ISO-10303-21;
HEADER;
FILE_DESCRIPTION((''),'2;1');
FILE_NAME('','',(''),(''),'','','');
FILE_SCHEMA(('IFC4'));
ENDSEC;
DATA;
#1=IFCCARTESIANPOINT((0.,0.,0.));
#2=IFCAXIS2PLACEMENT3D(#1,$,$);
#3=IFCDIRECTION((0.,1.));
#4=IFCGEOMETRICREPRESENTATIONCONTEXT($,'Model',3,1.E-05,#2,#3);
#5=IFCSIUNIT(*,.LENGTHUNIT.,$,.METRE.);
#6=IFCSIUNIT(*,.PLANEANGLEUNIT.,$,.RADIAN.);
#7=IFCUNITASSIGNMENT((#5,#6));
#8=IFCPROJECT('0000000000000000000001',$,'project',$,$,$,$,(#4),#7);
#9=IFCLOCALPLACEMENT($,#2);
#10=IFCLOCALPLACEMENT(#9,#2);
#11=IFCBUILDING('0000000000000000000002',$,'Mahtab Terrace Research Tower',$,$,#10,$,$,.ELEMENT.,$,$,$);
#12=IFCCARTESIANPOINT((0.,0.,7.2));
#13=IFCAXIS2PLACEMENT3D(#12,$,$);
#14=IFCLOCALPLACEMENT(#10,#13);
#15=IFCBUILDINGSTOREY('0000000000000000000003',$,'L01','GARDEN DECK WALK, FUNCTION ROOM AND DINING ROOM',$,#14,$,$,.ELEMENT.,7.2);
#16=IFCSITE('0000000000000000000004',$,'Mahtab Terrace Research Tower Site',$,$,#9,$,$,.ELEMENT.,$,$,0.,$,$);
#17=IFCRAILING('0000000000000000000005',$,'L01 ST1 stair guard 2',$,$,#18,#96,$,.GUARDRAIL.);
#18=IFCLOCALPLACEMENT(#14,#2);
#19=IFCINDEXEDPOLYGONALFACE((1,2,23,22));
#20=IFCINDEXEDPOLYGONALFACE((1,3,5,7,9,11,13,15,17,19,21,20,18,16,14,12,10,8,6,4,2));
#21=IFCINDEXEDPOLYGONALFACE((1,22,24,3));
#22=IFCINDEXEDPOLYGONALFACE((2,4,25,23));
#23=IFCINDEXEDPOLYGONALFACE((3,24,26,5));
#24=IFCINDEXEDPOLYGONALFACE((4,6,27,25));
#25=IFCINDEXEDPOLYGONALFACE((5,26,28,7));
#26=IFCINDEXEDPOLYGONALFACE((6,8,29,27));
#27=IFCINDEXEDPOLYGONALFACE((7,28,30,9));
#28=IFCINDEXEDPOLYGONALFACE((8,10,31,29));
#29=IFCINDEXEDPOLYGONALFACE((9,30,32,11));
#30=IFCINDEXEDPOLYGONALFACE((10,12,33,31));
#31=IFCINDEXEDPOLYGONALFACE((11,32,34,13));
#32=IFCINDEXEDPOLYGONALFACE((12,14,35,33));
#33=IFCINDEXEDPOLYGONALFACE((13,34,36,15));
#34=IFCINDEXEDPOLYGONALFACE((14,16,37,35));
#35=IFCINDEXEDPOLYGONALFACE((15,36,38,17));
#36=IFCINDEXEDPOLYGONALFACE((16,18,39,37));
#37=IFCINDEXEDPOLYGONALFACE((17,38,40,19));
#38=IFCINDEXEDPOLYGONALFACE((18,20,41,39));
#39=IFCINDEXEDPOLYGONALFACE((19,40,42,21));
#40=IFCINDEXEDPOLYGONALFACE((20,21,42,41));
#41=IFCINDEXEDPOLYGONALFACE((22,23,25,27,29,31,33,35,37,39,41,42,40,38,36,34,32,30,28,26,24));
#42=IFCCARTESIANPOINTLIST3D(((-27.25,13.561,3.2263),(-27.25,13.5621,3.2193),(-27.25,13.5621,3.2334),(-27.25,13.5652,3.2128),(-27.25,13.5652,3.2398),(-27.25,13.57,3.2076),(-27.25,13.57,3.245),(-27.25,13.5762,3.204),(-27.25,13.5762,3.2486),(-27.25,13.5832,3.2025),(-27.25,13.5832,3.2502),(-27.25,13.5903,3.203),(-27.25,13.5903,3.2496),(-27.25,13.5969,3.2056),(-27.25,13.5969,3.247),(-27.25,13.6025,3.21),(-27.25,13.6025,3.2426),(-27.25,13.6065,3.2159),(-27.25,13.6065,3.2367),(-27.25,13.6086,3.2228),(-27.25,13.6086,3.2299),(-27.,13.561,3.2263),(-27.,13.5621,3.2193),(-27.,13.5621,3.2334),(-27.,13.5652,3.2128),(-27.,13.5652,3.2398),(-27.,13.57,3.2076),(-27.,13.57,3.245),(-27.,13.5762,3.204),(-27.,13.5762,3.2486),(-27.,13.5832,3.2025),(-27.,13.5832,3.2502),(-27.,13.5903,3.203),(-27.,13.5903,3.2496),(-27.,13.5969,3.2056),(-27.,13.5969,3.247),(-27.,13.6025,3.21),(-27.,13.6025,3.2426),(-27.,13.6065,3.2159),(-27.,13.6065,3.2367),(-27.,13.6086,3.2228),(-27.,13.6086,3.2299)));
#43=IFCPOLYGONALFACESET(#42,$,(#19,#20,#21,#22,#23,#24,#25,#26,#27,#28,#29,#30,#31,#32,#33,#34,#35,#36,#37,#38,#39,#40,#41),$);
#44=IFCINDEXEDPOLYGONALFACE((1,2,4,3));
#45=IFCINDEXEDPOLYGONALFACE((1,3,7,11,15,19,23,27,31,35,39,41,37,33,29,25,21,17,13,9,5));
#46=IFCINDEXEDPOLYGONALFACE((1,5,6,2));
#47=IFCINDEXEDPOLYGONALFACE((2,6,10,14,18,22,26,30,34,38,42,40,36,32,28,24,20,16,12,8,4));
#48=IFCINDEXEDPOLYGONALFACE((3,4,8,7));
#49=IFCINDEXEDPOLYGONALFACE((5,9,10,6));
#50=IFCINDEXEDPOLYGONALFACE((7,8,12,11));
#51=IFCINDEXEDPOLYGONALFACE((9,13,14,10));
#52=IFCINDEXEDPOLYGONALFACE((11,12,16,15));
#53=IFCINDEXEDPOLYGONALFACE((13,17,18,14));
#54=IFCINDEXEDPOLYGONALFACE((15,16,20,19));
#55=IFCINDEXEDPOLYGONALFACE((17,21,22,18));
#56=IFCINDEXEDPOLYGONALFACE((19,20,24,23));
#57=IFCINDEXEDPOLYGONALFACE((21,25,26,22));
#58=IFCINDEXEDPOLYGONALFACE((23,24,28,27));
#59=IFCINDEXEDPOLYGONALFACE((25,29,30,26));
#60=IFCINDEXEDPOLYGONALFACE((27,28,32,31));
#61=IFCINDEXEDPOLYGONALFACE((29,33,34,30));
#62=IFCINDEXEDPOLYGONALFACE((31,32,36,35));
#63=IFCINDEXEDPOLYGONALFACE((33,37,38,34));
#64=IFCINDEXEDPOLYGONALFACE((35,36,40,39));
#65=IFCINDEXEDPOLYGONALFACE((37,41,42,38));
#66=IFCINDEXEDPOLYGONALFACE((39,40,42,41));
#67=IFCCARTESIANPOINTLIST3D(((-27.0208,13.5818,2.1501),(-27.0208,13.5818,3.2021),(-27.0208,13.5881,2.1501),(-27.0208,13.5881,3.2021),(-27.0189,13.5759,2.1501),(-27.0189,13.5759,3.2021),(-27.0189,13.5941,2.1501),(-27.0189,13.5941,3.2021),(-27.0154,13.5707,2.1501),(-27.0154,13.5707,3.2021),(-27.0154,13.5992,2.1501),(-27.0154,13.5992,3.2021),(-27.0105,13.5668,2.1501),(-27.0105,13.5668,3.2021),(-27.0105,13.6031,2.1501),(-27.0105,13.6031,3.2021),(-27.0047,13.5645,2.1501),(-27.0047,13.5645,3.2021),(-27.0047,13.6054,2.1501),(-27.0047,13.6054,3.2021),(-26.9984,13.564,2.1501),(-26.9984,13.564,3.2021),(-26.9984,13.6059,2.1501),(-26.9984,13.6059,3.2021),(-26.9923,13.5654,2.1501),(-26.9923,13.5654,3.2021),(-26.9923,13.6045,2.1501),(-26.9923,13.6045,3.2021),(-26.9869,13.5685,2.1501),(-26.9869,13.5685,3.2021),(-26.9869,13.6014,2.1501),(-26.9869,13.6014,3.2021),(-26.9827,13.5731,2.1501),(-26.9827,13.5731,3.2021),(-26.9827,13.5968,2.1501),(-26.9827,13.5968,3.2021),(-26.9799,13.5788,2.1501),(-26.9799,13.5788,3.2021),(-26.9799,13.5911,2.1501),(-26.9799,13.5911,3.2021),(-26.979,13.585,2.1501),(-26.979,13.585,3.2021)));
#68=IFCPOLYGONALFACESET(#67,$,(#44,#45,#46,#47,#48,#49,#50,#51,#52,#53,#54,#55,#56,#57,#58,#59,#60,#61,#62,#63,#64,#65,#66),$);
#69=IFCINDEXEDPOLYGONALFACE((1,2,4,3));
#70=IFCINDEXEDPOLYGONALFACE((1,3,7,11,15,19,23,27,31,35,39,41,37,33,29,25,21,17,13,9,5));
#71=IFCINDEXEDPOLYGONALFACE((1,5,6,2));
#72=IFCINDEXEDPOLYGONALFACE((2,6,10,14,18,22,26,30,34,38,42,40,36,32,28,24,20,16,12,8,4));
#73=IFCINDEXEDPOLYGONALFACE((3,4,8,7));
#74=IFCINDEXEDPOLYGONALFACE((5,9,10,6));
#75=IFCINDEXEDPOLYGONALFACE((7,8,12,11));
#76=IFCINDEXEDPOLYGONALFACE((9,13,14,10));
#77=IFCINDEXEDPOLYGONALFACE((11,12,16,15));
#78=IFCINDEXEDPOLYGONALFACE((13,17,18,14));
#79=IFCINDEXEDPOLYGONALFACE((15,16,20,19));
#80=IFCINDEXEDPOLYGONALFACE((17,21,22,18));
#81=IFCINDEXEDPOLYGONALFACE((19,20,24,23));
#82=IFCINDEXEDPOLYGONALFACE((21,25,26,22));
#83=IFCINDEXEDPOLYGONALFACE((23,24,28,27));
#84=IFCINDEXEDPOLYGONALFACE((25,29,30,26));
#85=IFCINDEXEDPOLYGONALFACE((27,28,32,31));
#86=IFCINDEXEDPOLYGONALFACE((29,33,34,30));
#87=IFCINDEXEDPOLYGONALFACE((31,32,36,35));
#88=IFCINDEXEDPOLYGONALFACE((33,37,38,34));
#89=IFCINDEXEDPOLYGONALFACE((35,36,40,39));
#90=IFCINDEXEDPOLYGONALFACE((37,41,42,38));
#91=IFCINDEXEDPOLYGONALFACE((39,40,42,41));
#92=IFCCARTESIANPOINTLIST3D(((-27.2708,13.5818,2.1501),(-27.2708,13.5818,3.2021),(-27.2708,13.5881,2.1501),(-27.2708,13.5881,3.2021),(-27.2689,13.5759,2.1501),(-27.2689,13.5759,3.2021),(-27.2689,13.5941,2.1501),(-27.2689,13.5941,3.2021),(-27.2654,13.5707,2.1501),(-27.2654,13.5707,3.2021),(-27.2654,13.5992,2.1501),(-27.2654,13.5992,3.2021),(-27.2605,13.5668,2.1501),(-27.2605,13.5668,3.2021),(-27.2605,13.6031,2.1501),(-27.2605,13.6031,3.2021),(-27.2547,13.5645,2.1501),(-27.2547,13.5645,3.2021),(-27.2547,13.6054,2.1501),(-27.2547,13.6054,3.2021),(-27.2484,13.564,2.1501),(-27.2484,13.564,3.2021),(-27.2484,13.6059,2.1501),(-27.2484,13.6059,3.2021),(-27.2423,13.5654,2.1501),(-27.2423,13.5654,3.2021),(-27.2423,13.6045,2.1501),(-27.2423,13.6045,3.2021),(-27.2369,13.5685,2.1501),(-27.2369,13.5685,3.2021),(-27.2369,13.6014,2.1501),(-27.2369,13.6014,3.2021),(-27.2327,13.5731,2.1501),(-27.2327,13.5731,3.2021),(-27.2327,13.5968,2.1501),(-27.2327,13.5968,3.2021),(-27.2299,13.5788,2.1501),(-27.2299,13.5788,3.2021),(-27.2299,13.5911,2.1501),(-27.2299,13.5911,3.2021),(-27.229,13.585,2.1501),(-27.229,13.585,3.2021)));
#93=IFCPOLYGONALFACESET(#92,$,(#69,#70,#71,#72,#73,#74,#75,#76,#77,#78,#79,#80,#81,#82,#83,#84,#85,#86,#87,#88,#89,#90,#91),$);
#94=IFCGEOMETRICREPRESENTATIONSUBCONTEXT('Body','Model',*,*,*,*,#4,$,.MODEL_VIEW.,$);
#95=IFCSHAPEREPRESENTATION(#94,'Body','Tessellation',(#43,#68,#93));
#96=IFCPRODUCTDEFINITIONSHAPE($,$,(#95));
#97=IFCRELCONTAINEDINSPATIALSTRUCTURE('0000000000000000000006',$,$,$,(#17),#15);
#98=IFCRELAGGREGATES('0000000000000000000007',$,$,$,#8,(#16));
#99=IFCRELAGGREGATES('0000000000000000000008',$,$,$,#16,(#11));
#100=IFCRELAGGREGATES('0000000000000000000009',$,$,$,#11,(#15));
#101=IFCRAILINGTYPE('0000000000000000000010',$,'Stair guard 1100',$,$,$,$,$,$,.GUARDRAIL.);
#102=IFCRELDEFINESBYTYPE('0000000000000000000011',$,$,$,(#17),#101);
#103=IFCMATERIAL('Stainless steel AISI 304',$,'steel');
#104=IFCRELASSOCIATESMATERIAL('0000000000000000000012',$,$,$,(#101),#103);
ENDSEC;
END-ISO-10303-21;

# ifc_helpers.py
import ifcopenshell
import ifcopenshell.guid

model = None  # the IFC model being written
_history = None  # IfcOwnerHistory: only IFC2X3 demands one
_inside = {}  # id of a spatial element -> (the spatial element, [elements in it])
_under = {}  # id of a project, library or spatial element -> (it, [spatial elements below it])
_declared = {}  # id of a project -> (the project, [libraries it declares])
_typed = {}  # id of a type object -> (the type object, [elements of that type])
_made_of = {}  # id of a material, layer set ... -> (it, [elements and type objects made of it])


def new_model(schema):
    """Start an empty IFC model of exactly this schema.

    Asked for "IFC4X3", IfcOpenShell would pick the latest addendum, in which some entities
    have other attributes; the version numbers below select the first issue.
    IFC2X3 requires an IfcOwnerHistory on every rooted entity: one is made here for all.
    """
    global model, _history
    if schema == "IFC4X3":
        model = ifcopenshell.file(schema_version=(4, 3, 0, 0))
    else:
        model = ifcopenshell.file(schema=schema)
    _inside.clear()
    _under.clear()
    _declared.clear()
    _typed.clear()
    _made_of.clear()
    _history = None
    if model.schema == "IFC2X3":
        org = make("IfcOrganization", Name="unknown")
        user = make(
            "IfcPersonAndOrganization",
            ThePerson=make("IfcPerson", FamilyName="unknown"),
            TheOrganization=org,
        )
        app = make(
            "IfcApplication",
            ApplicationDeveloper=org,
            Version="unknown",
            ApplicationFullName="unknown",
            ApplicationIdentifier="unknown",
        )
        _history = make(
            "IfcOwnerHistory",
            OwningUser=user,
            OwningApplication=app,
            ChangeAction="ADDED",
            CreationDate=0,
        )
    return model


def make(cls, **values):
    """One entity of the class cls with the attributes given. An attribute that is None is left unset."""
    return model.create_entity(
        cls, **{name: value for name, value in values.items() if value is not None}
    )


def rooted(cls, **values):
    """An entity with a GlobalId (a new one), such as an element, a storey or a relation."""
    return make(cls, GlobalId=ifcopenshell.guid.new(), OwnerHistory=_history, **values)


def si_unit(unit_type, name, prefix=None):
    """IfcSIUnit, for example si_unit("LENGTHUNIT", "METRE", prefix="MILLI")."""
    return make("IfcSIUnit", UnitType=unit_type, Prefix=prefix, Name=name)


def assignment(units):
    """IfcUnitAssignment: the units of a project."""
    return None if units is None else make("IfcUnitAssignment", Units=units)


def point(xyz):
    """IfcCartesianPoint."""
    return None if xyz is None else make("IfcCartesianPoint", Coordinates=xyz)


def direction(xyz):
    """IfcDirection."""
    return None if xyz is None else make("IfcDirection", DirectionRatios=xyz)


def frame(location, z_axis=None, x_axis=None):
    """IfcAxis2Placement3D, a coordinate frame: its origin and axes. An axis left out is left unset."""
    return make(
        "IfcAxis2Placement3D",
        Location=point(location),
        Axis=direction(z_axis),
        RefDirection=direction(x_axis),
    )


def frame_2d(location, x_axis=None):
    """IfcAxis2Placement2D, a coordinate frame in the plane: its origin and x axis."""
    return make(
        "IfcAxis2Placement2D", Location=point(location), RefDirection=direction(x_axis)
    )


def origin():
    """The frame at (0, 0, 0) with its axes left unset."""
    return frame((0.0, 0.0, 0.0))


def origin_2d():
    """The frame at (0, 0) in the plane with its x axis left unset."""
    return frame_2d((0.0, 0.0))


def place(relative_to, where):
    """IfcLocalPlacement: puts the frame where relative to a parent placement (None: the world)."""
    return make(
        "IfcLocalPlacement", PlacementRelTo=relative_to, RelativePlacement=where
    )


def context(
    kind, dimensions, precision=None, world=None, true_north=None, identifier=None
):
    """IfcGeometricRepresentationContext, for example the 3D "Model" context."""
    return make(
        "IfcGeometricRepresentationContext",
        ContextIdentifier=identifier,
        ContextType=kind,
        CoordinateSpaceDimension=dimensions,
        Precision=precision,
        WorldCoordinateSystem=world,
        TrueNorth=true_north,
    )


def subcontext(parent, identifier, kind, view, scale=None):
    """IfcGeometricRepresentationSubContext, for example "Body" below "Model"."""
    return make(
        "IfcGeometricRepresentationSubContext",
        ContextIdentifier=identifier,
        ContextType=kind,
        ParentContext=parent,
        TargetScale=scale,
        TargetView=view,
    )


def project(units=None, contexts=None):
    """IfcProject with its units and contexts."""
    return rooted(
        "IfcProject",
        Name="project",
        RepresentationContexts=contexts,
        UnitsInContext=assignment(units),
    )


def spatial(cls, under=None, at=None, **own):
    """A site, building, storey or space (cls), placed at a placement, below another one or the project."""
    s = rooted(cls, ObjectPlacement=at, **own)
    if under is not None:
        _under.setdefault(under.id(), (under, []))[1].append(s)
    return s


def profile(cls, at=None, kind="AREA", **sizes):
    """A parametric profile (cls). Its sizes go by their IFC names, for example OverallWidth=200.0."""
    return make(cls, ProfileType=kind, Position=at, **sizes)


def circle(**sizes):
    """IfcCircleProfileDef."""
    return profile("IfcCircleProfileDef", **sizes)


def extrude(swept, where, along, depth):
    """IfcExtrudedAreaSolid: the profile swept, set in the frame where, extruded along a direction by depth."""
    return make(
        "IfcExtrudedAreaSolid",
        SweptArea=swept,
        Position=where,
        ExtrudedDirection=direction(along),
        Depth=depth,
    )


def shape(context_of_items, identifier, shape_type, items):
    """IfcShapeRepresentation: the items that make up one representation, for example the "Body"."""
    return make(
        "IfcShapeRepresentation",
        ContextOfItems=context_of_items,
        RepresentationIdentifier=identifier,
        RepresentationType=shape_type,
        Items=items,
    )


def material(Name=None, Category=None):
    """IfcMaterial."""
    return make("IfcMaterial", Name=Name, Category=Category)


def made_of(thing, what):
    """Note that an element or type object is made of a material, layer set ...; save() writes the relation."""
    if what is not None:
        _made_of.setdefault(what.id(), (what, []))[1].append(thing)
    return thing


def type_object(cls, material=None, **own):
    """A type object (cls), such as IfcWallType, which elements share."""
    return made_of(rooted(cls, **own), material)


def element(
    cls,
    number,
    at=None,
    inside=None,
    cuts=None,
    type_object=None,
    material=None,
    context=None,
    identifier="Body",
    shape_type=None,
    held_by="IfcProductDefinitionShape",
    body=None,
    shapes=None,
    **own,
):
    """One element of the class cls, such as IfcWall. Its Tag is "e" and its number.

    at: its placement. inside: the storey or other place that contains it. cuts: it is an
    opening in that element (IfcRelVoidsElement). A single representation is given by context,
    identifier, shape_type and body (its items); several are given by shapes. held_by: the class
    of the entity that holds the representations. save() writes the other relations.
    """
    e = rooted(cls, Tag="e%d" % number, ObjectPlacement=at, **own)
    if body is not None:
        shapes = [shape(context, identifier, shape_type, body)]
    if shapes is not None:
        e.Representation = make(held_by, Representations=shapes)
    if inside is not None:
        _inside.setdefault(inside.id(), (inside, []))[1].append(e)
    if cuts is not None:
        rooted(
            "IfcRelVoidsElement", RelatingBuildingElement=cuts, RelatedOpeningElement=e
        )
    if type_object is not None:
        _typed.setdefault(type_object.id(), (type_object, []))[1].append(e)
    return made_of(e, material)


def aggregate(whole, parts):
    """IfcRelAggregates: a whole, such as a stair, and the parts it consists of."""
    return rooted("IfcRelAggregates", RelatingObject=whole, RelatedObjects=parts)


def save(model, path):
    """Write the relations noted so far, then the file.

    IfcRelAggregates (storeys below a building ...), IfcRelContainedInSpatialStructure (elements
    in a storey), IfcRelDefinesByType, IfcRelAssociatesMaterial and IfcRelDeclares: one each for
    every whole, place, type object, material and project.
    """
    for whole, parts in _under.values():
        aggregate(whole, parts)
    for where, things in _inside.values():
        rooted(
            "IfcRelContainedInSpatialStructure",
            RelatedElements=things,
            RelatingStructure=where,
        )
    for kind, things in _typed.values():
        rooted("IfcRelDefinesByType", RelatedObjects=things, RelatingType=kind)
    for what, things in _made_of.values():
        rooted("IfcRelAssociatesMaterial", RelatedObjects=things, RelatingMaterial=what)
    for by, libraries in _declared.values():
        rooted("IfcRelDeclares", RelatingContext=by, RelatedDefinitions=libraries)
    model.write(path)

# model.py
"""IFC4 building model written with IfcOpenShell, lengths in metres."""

from ifc_helpers import new_model, si_unit, direction, frame, origin, origin_2d, place, context, subcontext, project, spatial, circle, extrude, material, type_object, element, save


model = new_model("IFC4")

# Units and contexts
model_context = context("Model", 3, precision=1e-05, world=origin(), true_north=direction((0.0, 1.0)))
body_context = subcontext(model_context, "Body", "Model", "MODEL_VIEW")
ifc_project = project(units=[si_unit("LENGTHUNIT", "METRE"), si_unit("PLANEANGLEUNIT", "RADIAN")], contexts=[model_context])

# Site, building, storey
site_placement = place(None, origin())
site = spatial("IfcSite", under=ifc_project, at=site_placement, Name="Mahtab Terrace Research Tower Site", CompositionType="ELEMENT", RefElevation=0.0)
building_placement = place(site_placement, origin())
building = spatial("IfcBuilding", under=site, at=building_placement, Name="Mahtab Terrace Research Tower", CompositionType="ELEMENT")
storey_placement = place(building_placement, frame((0.0, 0.0, 7.2)))
storey = spatial("IfcBuildingStorey", under=building, at=storey_placement, Name="L01", Description="GARDEN DECK WALK, FUNCTION ROOM AND DINING ROOM", CompositionType="ELEMENT", Elevation=7.2)

# Railing
ifc_material_1 = material(Name="Stainless steel AISI 304", Category="steel")
railing_type_1 = type_object("IfcRailingType", Name="Stair guard 1100", PredefinedType="GUARDRAIL", material=ifc_material_1)
railing_1_placement = place(storey_placement, frame((-27.0, 13.585, 2.1501)))
element("IfcRailing", 1, at=railing_1_placement, inside=storey, type_object=railing_type_1, Name="L01 ST1 stair guard 2", PredefinedType="GUARDRAIL", context=body_context, shape_type="SweptSolid", body=[
    extrude(circle(Radius=0.0239, at=origin_2d()), frame((0.0, 0.0, 1.0762), z_axis=(-1.0, 0.0, 0.0), x_axis=(0.0, -1.0, 0.0)), (0.0, 0.0, 1.0), 0.25),
    extrude(circle(Radius=0.021, at=origin_2d()), origin(), (0.0, 0.0, 1.0), 1.052),
    extrude(circle(Radius=0.021, at=origin_2d()), frame((-0.25, 0.0, 0.0)), (0.0, 0.0, 1.0), 1.052),
])

save(model, "model.ifc")
